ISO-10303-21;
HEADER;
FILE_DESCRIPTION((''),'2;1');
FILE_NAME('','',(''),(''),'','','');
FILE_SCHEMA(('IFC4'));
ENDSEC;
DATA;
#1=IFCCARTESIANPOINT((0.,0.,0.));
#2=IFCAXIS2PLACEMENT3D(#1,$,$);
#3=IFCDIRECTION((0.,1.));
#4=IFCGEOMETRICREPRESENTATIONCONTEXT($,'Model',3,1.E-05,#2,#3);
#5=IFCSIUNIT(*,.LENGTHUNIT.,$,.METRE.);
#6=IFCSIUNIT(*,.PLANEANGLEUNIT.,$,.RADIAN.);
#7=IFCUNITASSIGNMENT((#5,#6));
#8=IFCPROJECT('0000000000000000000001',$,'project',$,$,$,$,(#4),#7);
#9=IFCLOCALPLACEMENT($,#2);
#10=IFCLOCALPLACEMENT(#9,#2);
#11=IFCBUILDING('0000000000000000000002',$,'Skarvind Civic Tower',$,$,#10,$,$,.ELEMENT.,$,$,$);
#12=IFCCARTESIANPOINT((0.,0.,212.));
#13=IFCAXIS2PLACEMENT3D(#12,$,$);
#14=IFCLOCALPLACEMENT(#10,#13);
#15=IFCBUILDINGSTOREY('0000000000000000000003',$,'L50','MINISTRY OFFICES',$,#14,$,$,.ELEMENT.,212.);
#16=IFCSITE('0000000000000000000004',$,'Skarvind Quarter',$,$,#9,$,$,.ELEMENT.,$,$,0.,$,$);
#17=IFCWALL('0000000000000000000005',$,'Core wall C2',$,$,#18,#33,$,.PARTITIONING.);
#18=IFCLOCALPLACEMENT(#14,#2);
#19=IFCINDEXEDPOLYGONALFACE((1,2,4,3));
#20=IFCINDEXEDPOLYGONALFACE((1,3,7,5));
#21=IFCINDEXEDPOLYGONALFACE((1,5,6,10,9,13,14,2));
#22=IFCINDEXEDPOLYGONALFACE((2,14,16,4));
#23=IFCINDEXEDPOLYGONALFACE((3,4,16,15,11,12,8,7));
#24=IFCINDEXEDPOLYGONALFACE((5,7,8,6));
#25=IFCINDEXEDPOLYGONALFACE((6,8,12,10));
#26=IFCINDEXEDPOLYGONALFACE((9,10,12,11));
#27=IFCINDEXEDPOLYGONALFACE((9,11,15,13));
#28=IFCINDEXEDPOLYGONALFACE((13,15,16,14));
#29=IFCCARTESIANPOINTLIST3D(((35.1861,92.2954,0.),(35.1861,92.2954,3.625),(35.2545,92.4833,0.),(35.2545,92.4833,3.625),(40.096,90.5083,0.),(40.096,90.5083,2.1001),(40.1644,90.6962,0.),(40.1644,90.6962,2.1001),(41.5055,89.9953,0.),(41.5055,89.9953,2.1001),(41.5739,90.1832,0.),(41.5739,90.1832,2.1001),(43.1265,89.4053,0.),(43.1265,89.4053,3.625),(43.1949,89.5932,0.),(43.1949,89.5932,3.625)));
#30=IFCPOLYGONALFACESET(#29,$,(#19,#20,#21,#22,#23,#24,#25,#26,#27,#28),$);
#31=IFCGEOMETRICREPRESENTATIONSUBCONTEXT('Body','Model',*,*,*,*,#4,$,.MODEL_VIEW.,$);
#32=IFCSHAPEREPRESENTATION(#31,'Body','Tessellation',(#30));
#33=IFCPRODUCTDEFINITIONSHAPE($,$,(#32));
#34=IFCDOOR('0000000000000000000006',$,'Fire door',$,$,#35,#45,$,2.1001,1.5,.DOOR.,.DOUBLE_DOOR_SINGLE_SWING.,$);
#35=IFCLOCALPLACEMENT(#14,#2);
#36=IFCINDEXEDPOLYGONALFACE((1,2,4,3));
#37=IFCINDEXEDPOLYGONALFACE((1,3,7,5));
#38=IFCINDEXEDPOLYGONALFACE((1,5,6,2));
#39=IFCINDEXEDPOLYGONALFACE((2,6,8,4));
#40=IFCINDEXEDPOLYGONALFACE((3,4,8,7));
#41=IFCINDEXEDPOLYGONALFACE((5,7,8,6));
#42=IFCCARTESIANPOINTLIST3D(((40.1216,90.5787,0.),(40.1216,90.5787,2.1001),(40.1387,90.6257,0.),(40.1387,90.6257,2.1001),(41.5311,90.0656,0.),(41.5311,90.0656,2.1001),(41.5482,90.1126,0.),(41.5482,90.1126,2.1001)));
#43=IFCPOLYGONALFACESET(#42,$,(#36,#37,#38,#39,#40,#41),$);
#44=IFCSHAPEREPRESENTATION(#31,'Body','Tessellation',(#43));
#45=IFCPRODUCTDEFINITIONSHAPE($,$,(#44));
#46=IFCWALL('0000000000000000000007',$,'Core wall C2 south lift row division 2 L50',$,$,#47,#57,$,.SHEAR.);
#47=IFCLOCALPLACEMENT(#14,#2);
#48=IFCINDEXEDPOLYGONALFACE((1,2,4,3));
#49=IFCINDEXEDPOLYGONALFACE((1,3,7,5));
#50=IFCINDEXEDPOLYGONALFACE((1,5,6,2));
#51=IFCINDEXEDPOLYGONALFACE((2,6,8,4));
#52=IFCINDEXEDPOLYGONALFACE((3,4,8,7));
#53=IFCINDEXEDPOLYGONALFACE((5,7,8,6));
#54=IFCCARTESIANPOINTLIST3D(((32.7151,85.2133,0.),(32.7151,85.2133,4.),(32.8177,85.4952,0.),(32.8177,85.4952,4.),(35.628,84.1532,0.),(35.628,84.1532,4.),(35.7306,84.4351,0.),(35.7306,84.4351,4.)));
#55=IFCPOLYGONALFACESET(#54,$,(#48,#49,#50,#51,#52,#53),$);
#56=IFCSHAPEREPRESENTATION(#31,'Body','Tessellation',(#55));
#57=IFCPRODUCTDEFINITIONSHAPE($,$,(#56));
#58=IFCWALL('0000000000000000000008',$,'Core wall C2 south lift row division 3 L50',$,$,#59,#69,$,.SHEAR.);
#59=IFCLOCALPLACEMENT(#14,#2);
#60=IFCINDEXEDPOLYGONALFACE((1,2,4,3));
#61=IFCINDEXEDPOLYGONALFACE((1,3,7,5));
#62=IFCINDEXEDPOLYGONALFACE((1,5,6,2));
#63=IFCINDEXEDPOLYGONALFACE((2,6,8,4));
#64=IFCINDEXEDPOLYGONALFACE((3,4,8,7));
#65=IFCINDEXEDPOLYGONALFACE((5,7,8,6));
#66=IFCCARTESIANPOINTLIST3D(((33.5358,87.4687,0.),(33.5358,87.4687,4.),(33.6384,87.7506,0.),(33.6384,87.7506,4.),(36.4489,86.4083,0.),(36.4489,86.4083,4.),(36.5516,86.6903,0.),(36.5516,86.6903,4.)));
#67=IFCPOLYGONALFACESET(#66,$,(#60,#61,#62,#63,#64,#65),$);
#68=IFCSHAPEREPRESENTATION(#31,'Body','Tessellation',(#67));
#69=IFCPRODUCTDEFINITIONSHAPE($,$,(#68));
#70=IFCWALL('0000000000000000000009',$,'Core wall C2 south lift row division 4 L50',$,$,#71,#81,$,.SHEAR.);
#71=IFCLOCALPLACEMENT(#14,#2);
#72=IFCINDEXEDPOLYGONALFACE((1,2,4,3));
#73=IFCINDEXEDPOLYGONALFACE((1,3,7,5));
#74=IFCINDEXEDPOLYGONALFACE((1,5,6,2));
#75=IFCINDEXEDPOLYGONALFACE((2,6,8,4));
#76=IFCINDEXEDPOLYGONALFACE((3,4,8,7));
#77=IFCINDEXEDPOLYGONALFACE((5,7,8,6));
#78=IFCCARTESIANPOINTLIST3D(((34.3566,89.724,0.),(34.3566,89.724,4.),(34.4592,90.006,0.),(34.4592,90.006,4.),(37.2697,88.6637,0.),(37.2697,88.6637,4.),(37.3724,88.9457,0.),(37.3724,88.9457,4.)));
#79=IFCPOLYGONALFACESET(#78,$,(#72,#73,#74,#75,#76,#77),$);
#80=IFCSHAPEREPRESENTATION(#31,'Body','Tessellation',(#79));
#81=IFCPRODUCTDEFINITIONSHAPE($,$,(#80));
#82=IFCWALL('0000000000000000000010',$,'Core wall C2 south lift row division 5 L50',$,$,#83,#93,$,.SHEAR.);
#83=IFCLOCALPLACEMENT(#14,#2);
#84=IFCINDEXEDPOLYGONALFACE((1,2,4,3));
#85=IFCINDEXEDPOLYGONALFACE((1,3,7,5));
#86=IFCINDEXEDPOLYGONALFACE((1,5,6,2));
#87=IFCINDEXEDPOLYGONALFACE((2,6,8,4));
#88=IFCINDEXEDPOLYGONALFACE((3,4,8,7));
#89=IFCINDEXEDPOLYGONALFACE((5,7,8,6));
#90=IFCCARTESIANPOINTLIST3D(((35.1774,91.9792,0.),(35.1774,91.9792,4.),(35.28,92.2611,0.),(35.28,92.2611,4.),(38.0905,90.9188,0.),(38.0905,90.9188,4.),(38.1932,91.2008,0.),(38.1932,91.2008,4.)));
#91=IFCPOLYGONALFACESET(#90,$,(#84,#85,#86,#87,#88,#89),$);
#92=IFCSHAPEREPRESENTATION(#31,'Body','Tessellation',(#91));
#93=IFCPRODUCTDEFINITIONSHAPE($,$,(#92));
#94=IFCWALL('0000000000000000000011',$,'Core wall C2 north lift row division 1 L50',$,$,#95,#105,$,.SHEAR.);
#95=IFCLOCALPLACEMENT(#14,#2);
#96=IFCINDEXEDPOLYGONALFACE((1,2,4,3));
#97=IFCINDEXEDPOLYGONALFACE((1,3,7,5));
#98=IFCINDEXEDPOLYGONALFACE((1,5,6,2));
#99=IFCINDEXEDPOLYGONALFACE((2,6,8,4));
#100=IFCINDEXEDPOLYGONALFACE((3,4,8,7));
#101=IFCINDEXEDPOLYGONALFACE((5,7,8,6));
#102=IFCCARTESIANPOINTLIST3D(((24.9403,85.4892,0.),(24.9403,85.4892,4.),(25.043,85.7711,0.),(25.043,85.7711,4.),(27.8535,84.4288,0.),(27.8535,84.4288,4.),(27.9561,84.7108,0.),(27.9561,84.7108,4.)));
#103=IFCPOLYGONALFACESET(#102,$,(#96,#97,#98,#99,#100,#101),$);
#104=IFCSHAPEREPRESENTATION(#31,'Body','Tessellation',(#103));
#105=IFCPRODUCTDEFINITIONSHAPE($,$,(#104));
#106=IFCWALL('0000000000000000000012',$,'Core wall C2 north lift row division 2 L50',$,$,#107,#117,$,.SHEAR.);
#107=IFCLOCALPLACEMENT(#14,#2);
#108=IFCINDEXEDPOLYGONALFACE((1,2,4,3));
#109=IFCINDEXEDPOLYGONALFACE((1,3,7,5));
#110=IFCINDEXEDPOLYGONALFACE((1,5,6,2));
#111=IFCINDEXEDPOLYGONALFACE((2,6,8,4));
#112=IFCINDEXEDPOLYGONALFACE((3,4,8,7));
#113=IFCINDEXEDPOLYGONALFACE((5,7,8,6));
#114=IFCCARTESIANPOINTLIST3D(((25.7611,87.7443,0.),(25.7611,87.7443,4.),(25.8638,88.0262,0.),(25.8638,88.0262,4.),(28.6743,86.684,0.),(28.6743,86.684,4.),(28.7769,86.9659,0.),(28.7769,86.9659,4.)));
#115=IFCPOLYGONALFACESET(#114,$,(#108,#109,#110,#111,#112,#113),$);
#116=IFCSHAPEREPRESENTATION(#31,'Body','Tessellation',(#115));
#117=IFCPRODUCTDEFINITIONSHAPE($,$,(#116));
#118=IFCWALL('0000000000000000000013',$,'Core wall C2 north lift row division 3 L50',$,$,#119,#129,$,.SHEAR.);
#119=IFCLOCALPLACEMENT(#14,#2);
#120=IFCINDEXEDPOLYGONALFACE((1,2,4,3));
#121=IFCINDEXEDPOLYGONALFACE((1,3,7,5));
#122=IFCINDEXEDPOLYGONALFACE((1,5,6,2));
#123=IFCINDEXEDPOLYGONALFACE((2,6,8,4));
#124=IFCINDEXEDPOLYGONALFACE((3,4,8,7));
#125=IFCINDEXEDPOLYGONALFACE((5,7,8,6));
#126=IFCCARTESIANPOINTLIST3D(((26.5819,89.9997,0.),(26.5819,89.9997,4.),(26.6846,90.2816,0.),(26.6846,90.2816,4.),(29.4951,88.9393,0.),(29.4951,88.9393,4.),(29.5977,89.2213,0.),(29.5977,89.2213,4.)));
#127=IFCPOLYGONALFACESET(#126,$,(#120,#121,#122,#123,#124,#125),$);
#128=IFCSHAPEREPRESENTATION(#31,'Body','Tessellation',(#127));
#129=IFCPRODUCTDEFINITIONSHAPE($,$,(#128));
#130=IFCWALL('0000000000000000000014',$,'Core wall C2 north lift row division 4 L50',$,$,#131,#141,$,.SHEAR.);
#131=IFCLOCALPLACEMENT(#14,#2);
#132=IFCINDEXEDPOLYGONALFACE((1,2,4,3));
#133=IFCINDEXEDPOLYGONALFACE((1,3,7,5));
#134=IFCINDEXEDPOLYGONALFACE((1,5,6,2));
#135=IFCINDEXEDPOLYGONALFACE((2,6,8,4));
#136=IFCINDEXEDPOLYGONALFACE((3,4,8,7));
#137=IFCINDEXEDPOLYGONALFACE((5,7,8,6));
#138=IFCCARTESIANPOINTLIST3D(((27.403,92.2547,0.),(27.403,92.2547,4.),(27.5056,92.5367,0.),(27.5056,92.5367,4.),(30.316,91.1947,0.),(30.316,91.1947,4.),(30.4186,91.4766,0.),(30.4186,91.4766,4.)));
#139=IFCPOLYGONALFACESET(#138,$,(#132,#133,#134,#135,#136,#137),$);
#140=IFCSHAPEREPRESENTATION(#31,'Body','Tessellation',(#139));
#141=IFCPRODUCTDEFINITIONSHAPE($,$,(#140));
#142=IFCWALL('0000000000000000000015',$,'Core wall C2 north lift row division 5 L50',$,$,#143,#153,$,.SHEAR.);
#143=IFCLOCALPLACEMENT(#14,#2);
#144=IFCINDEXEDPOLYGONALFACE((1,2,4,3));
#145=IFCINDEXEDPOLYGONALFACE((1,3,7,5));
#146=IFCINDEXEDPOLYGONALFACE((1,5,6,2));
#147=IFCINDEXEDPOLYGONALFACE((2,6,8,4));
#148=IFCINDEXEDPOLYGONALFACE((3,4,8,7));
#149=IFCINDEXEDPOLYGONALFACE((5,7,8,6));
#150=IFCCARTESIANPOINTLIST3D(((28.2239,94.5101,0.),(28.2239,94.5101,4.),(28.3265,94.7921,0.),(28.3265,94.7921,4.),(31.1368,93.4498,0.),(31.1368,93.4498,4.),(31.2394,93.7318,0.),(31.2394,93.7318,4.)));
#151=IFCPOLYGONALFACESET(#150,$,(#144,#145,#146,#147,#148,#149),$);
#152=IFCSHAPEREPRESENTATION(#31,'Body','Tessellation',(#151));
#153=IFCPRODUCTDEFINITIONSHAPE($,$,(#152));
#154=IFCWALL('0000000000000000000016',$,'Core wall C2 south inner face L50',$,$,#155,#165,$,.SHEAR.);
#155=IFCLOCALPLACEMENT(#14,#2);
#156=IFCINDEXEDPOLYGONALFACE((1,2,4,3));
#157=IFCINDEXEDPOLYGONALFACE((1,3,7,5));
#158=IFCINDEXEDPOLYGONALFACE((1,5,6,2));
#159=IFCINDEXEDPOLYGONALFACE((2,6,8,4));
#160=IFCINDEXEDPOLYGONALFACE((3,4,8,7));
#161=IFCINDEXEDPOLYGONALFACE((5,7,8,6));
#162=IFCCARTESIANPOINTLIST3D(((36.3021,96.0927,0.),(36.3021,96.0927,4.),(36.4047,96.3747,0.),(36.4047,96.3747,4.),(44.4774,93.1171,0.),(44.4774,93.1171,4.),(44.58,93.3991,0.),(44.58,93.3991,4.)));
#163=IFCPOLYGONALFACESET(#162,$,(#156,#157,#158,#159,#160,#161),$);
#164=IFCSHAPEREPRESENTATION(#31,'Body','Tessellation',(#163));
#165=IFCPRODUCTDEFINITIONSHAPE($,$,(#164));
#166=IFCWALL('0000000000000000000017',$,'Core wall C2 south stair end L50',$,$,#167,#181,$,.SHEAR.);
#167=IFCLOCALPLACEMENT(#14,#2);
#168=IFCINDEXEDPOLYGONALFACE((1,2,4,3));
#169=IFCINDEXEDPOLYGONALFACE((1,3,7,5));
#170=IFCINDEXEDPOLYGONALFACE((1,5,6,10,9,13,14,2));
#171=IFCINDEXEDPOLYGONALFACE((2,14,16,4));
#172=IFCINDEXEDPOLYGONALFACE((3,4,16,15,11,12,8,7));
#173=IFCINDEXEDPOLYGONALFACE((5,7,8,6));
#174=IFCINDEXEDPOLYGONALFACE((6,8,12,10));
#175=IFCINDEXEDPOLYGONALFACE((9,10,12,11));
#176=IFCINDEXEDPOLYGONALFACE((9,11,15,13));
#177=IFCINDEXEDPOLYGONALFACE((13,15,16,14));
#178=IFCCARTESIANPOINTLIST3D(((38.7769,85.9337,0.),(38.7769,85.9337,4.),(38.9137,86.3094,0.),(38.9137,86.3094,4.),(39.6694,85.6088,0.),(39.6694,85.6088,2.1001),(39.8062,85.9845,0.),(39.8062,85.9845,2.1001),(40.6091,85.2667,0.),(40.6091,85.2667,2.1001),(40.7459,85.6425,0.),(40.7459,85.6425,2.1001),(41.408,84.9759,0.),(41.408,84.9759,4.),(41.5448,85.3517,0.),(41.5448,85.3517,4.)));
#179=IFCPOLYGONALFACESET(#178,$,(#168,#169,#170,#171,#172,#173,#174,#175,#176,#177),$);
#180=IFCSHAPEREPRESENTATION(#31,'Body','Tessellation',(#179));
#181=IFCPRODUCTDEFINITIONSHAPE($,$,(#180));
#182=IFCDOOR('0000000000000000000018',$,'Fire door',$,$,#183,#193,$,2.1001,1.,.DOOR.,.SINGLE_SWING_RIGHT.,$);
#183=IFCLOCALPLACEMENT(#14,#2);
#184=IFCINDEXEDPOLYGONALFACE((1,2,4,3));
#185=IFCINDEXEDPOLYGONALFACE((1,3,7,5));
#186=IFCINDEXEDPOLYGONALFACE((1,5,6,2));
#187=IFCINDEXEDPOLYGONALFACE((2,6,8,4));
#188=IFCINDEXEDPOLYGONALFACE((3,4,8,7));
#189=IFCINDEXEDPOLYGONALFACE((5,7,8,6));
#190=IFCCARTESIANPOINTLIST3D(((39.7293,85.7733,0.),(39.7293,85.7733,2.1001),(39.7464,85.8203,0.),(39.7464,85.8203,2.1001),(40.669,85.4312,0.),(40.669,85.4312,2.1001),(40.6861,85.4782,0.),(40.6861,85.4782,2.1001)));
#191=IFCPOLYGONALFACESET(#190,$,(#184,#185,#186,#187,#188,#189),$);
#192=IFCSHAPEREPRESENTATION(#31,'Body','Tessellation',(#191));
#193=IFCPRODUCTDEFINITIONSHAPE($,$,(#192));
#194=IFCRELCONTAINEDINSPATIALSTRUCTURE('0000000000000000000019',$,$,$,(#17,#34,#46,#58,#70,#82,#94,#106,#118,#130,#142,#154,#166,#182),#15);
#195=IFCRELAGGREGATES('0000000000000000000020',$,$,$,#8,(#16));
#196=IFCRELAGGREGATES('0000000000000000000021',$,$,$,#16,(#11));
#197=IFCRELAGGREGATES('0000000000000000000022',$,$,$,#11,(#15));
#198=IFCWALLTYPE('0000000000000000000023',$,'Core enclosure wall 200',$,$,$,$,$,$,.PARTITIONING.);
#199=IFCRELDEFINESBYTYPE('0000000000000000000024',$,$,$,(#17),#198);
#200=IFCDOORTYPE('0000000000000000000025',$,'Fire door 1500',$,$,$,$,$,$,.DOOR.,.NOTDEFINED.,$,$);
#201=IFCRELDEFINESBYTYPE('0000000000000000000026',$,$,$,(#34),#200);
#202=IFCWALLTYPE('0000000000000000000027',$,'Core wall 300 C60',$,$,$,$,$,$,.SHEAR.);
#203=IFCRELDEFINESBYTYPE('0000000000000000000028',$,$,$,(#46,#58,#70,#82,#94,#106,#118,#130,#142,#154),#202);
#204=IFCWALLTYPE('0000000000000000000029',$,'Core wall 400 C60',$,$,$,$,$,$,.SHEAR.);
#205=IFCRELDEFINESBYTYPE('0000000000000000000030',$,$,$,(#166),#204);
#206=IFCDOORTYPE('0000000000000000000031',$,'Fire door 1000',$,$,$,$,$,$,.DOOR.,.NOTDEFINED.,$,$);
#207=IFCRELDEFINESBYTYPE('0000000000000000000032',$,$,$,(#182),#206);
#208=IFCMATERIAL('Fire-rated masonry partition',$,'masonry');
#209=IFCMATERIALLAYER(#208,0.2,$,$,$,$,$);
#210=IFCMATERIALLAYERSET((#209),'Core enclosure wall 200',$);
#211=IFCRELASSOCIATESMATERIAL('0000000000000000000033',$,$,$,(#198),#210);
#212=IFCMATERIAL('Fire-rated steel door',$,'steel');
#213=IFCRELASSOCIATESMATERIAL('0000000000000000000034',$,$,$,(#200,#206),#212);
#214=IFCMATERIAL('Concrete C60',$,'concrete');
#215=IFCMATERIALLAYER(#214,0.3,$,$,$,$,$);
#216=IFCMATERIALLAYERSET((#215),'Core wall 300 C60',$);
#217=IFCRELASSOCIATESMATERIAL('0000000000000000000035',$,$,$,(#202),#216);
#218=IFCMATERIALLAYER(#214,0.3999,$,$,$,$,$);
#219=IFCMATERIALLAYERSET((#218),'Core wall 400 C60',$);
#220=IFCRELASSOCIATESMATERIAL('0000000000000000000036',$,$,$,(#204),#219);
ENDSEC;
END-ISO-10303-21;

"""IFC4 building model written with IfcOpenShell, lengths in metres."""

from ifc_helpers import new_model, si_unit, direction, frame, frame_2d, origin, place, context, subcontext, project, spatial, rectangle, extrude, material, layer, layer_set, type_object, element, fill, save


model = new_model("IFC4")

# Units and contexts
model_context = context("Model", 3, precision=1e-05, world=origin(), true_north=direction((0.0, 1.0)))
body_context = subcontext(model_context, "Body", "Model", "MODEL_VIEW")
ifc_project = project(units=[si_unit("LENGTHUNIT", "METRE"), si_unit("PLANEANGLEUNIT", "RADIAN")], contexts=[model_context])

# Site, building, storey
site_placement = place(None, origin())
site = spatial("IfcSite", under=ifc_project, at=site_placement, Name="Skarvind Quarter", CompositionType="ELEMENT", RefElevation=0.0)
building_placement = place(site_placement, origin())
building = spatial("IfcBuilding", under=site, at=building_placement, Name="Skarvind Civic Tower", CompositionType="ELEMENT")
storey_placement = place(building_placement, frame((0.0, 0.0, 212.0)))
storey = spatial("IfcBuildingStorey", under=building, at=storey_placement, Name="L50", Description="MINISTRY OFFICES", CompositionType="ELEMENT", Elevation=212.0)

# Wall, opening, door
ifc_material_1 = material(Name="Fire-rated masonry partition", Category="masonry")
ifc_layer_1 = layer(ifc_material_1, 0.2)
ifc_layer_set_1 = layer_set([ifc_layer_1], Name="Core enclosure wall 200")
wall_type_1 = type_object("IfcWallType", Name="Core enclosure wall 200", PredefinedType="PARTITIONING", material=ifc_layer_set_1)
wall_1_placement = place(storey_placement, frame((35.2202, 92.3894, 0.0), z_axis=(0.0, 0.0, 1.0), x_axis=(0.93969, -0.342026, 0.0)))
wall_1 = element("IfcWall", 1, at=wall_1_placement, inside=storey, type_object=wall_type_1, Name="Core wall C2", PredefinedType="PARTITIONING", context=body_context, shape_type="SweptSolid", body=[
    extrude(rectangle(XDim=8.45, YDim=0.2, at=frame_2d((4.2251, 0.0))), origin(), (0.0, 0.0, 1.0), 3.625),
])
opening_1_placement = place(wall_1_placement, frame((5.2251, 0.0, 0.0)))
opening_1 = element("IfcOpeningElement", 2, at=opening_1_placement, cuts=wall_1, PredefinedType="OPENING", context=body_context, shape_type="SweptSolid", body=[
    extrude(rectangle(XDim=1.5, YDim=2.1001, at=frame_2d((0.75, 1.05))), frame((0.0, 0.1099, 0.0), z_axis=(0.0, -1.0, 0.0), x_axis=(1.0, 0.0, 0.0)), (0.0, 0.0, 1.0), 0.22),
])
ifc_material_2 = material(Name="Fire-rated steel door", Category="steel")
door_type_1 = type_object("IfcDoorType", Name="Fire door 1500", OperationType="NOTDEFINED", PredefinedType="DOOR", material=ifc_material_2)
door_1_placement = place(opening_1_placement, origin())
door_1 = element("IfcDoor", 3, at=door_1_placement, inside=storey, type_object=door_type_1, Name="Fire door", OperationType="DOUBLE_DOOR_SINGLE_SWING", OverallHeight=2.1001, OverallWidth=1.5, PredefinedType="DOOR", context=body_context, shape_type="SweptSolid", body=[
    extrude(rectangle(XDim=1.5, YDim=2.1001, at=frame_2d((0.75, 1.05))), frame((0.0, 0.0249, 0.0), z_axis=(0.0, -1.0, 0.0), x_axis=(1.0, 0.0, 0.0)), (0.0, 0.0, 1.0), 0.05),
])
fill(opening_1, door_1)

# Walls
ifc_material_3 = material(Name="Concrete C60", Category="concrete")
ifc_layer_2 = layer(ifc_material_3, 0.3)
ifc_layer_set_2 = layer_set([ifc_layer_2], Name="Core wall 300 C60")
wall_type_2 = type_object("IfcWallType", Name="Core wall 300 C60", PredefinedType="SHEAR", material=ifc_layer_set_2)
wall_2_placement = place(storey_placement, frame((35.6792, 84.2942, 0.0), z_axis=(0.0, 0.0, 1.0), x_axis=(-0.939706, 0.341983, 0.0)))
element("IfcWall", 4, at=wall_2_placement, inside=storey, type_object=wall_type_2, Name="Core wall C2 south lift row division 2 L50", PredefinedType="SHEAR", context=body_context, shape_type="SweptSolid", body=[
    extrude(rectangle(XDim=3.0999, YDim=0.3, at=frame_2d((1.5498, 0.0))), origin(), (0.0, 0.0, 1.0), 4.0),
])
for number, where, z_axis, x_axis, name in (
    (5, (36.5002, 86.5493, 0.0), (0.0, 0.0, 1.0), (-0.93969, 0.342028, 0.0), "Core wall C2 south lift row division 3 L50"),
    (6, (37.321, 88.8047, 0.0), (0.0, 0.0, 1.0), (-0.93969, 0.342028, 0.0), "Core wall C2 south lift row division 4 L50"),
    (7, (38.1418, 91.0598, 0.0), (0.0, 0.0, 1.0), (-0.93969, 0.342028, 0.0), "Core wall C2 south lift row division 5 L50"),
    (8, (27.9048, 84.5698, 0.0), (0.0, 0.0, 1.0), (-0.93969, 0.342028, 0.0), "Core wall C2 north lift row division 1 L50"),
    (9, (28.7256, 86.825, 0.0), (0.0, 0.0, 1.0), (-0.93969, 0.342028, 0.0), "Core wall C2 north lift row division 2 L50"),
    (10, (29.5464, 89.0803, 0.0), (0.0, 0.0, 1.0), (-0.93969, 0.342028, 0.0), "Core wall C2 north lift row division 3 L50"),
):
    element("IfcWall", number, at=place(storey_placement, frame(where, z_axis=z_axis, x_axis=x_axis)), inside=storey, type_object=wall_type_2, Name=name, PredefinedType="SHEAR", context=body_context, shape_type="SweptSolid", body=[
        extrude(rectangle(XDim=3.1001, YDim=0.3, at=frame_2d((1.55, 0.0))), origin(), (0.0, 0.0, 1.0), 4.0),
    ])
for number, where, z_axis, x_axis, name in (
    (11, (30.3672, 91.3357, 0.0), (0.0, 0.0, 1.0), (-0.939715, 0.341958, 0.0), "Core wall C2 north lift row division 4 L50"),
    (12, (31.188, 93.5908, 0.0), (0.0, 0.0, 1.0), (-0.939681, 0.342053, 0.0), "Core wall C2 north lift row division 5 L50"),
):
    element("IfcWall", number, at=place(storey_placement, frame(where, z_axis=z_axis, x_axis=x_axis)), inside=storey, type_object=wall_type_2, Name=name, PredefinedType="SHEAR", context=body_context, shape_type="SweptSolid", body=[
        extrude(rectangle(XDim=3.0999, YDim=0.3, at=frame_2d((1.5498, 0.0))), origin(), (0.0, 0.0, 1.0), 4.0),
    ])
wall_3_placement = place(storey_placement, frame((44.5288, 93.2581, 0.0), z_axis=(0.0, 0.0, 1.0), x_axis=(-0.939692, 0.342022, 0.0)))
element("IfcWall", 13, at=wall_3_placement, inside=storey, type_object=wall_type_2, Name="Core wall C2 south inner face L50", PredefinedType="SHEAR", context=body_context, shape_type="SweptSolid", body=[
    extrude(rectangle(XDim=8.7, YDim=0.3, at=frame_2d((4.3501, 0.0))), origin(), (0.0, 0.0, 1.0), 4.0),
])

# Wall, opening, door
ifc_layer_3 = layer(ifc_material_3, 0.3999)
ifc_layer_set_3 = layer_set([ifc_layer_3], Name="Core wall 400 C60")
wall_type_3 = type_object("IfcWallType", Name="Core wall 400 C60", PredefinedType="SHEAR", material=ifc_layer_set_3)
wall_4_placement = place(storey_placement, frame((41.4763, 85.1638, 0.0), z_axis=(0.0, 0.0, 1.0), x_axis=(-0.939679, 0.342058, 0.0)))
wall_4 = element("IfcWall", 14, at=wall_4_placement, inside=storey, type_object=wall_type_3, Name="Core wall C2 south stair end L50", PredefinedType="SHEAR", context=body_context, shape_type="SweptSolid", body=[
    extrude(rectangle(XDim=2.8, YDim=0.3999, at=frame_2d((1.3999, 0.0))), origin(), (0.0, 0.0, 1.0), 4.0),
])
opening_2_placement = place(wall_4_placement, frame((0.8501, 0.0, 0.0)))
opening_2 = element("IfcOpeningElement", 15, at=opening_2_placement, cuts=wall_4, PredefinedType="OPENING", context=body_context, shape_type="SweptSolid", body=[
    extrude(rectangle(XDim=1.0, YDim=2.1001, at=frame_2d((0.5, 1.05))), frame((0.0, 0.21, 0.0), z_axis=(0.0, -1.0, 0.0), x_axis=(1.0, 0.0, 0.0)), (0.0, 0.0, 1.0), 0.4199),
])
door_type_2 = type_object("IfcDoorType", Name="Fire door 1000", OperationType="NOTDEFINED", PredefinedType="DOOR", material=ifc_material_2)
door_2_placement = place(opening_2_placement, origin())
door_2 = element("IfcDoor", 16, at=door_2_placement, inside=storey, type_object=door_type_2, Name="Fire door", OperationType="SINGLE_SWING_RIGHT", OverallHeight=2.1001, OverallWidth=1.0, PredefinedType="DOOR", context=body_context, shape_type="SweptSolid", body=[
    extrude(rectangle(XDim=1.0, YDim=2.1001, at=frame_2d((0.5, 1.05))), frame((0.0, 0.0249, 0.0), z_axis=(0.0, -1.0, 0.0), x_axis=(1.0, 0.0, 0.0)), (0.0, 0.0, 1.0), 0.05),
])
fill(opening_2, door_2)

save(model, "model.ifc")
